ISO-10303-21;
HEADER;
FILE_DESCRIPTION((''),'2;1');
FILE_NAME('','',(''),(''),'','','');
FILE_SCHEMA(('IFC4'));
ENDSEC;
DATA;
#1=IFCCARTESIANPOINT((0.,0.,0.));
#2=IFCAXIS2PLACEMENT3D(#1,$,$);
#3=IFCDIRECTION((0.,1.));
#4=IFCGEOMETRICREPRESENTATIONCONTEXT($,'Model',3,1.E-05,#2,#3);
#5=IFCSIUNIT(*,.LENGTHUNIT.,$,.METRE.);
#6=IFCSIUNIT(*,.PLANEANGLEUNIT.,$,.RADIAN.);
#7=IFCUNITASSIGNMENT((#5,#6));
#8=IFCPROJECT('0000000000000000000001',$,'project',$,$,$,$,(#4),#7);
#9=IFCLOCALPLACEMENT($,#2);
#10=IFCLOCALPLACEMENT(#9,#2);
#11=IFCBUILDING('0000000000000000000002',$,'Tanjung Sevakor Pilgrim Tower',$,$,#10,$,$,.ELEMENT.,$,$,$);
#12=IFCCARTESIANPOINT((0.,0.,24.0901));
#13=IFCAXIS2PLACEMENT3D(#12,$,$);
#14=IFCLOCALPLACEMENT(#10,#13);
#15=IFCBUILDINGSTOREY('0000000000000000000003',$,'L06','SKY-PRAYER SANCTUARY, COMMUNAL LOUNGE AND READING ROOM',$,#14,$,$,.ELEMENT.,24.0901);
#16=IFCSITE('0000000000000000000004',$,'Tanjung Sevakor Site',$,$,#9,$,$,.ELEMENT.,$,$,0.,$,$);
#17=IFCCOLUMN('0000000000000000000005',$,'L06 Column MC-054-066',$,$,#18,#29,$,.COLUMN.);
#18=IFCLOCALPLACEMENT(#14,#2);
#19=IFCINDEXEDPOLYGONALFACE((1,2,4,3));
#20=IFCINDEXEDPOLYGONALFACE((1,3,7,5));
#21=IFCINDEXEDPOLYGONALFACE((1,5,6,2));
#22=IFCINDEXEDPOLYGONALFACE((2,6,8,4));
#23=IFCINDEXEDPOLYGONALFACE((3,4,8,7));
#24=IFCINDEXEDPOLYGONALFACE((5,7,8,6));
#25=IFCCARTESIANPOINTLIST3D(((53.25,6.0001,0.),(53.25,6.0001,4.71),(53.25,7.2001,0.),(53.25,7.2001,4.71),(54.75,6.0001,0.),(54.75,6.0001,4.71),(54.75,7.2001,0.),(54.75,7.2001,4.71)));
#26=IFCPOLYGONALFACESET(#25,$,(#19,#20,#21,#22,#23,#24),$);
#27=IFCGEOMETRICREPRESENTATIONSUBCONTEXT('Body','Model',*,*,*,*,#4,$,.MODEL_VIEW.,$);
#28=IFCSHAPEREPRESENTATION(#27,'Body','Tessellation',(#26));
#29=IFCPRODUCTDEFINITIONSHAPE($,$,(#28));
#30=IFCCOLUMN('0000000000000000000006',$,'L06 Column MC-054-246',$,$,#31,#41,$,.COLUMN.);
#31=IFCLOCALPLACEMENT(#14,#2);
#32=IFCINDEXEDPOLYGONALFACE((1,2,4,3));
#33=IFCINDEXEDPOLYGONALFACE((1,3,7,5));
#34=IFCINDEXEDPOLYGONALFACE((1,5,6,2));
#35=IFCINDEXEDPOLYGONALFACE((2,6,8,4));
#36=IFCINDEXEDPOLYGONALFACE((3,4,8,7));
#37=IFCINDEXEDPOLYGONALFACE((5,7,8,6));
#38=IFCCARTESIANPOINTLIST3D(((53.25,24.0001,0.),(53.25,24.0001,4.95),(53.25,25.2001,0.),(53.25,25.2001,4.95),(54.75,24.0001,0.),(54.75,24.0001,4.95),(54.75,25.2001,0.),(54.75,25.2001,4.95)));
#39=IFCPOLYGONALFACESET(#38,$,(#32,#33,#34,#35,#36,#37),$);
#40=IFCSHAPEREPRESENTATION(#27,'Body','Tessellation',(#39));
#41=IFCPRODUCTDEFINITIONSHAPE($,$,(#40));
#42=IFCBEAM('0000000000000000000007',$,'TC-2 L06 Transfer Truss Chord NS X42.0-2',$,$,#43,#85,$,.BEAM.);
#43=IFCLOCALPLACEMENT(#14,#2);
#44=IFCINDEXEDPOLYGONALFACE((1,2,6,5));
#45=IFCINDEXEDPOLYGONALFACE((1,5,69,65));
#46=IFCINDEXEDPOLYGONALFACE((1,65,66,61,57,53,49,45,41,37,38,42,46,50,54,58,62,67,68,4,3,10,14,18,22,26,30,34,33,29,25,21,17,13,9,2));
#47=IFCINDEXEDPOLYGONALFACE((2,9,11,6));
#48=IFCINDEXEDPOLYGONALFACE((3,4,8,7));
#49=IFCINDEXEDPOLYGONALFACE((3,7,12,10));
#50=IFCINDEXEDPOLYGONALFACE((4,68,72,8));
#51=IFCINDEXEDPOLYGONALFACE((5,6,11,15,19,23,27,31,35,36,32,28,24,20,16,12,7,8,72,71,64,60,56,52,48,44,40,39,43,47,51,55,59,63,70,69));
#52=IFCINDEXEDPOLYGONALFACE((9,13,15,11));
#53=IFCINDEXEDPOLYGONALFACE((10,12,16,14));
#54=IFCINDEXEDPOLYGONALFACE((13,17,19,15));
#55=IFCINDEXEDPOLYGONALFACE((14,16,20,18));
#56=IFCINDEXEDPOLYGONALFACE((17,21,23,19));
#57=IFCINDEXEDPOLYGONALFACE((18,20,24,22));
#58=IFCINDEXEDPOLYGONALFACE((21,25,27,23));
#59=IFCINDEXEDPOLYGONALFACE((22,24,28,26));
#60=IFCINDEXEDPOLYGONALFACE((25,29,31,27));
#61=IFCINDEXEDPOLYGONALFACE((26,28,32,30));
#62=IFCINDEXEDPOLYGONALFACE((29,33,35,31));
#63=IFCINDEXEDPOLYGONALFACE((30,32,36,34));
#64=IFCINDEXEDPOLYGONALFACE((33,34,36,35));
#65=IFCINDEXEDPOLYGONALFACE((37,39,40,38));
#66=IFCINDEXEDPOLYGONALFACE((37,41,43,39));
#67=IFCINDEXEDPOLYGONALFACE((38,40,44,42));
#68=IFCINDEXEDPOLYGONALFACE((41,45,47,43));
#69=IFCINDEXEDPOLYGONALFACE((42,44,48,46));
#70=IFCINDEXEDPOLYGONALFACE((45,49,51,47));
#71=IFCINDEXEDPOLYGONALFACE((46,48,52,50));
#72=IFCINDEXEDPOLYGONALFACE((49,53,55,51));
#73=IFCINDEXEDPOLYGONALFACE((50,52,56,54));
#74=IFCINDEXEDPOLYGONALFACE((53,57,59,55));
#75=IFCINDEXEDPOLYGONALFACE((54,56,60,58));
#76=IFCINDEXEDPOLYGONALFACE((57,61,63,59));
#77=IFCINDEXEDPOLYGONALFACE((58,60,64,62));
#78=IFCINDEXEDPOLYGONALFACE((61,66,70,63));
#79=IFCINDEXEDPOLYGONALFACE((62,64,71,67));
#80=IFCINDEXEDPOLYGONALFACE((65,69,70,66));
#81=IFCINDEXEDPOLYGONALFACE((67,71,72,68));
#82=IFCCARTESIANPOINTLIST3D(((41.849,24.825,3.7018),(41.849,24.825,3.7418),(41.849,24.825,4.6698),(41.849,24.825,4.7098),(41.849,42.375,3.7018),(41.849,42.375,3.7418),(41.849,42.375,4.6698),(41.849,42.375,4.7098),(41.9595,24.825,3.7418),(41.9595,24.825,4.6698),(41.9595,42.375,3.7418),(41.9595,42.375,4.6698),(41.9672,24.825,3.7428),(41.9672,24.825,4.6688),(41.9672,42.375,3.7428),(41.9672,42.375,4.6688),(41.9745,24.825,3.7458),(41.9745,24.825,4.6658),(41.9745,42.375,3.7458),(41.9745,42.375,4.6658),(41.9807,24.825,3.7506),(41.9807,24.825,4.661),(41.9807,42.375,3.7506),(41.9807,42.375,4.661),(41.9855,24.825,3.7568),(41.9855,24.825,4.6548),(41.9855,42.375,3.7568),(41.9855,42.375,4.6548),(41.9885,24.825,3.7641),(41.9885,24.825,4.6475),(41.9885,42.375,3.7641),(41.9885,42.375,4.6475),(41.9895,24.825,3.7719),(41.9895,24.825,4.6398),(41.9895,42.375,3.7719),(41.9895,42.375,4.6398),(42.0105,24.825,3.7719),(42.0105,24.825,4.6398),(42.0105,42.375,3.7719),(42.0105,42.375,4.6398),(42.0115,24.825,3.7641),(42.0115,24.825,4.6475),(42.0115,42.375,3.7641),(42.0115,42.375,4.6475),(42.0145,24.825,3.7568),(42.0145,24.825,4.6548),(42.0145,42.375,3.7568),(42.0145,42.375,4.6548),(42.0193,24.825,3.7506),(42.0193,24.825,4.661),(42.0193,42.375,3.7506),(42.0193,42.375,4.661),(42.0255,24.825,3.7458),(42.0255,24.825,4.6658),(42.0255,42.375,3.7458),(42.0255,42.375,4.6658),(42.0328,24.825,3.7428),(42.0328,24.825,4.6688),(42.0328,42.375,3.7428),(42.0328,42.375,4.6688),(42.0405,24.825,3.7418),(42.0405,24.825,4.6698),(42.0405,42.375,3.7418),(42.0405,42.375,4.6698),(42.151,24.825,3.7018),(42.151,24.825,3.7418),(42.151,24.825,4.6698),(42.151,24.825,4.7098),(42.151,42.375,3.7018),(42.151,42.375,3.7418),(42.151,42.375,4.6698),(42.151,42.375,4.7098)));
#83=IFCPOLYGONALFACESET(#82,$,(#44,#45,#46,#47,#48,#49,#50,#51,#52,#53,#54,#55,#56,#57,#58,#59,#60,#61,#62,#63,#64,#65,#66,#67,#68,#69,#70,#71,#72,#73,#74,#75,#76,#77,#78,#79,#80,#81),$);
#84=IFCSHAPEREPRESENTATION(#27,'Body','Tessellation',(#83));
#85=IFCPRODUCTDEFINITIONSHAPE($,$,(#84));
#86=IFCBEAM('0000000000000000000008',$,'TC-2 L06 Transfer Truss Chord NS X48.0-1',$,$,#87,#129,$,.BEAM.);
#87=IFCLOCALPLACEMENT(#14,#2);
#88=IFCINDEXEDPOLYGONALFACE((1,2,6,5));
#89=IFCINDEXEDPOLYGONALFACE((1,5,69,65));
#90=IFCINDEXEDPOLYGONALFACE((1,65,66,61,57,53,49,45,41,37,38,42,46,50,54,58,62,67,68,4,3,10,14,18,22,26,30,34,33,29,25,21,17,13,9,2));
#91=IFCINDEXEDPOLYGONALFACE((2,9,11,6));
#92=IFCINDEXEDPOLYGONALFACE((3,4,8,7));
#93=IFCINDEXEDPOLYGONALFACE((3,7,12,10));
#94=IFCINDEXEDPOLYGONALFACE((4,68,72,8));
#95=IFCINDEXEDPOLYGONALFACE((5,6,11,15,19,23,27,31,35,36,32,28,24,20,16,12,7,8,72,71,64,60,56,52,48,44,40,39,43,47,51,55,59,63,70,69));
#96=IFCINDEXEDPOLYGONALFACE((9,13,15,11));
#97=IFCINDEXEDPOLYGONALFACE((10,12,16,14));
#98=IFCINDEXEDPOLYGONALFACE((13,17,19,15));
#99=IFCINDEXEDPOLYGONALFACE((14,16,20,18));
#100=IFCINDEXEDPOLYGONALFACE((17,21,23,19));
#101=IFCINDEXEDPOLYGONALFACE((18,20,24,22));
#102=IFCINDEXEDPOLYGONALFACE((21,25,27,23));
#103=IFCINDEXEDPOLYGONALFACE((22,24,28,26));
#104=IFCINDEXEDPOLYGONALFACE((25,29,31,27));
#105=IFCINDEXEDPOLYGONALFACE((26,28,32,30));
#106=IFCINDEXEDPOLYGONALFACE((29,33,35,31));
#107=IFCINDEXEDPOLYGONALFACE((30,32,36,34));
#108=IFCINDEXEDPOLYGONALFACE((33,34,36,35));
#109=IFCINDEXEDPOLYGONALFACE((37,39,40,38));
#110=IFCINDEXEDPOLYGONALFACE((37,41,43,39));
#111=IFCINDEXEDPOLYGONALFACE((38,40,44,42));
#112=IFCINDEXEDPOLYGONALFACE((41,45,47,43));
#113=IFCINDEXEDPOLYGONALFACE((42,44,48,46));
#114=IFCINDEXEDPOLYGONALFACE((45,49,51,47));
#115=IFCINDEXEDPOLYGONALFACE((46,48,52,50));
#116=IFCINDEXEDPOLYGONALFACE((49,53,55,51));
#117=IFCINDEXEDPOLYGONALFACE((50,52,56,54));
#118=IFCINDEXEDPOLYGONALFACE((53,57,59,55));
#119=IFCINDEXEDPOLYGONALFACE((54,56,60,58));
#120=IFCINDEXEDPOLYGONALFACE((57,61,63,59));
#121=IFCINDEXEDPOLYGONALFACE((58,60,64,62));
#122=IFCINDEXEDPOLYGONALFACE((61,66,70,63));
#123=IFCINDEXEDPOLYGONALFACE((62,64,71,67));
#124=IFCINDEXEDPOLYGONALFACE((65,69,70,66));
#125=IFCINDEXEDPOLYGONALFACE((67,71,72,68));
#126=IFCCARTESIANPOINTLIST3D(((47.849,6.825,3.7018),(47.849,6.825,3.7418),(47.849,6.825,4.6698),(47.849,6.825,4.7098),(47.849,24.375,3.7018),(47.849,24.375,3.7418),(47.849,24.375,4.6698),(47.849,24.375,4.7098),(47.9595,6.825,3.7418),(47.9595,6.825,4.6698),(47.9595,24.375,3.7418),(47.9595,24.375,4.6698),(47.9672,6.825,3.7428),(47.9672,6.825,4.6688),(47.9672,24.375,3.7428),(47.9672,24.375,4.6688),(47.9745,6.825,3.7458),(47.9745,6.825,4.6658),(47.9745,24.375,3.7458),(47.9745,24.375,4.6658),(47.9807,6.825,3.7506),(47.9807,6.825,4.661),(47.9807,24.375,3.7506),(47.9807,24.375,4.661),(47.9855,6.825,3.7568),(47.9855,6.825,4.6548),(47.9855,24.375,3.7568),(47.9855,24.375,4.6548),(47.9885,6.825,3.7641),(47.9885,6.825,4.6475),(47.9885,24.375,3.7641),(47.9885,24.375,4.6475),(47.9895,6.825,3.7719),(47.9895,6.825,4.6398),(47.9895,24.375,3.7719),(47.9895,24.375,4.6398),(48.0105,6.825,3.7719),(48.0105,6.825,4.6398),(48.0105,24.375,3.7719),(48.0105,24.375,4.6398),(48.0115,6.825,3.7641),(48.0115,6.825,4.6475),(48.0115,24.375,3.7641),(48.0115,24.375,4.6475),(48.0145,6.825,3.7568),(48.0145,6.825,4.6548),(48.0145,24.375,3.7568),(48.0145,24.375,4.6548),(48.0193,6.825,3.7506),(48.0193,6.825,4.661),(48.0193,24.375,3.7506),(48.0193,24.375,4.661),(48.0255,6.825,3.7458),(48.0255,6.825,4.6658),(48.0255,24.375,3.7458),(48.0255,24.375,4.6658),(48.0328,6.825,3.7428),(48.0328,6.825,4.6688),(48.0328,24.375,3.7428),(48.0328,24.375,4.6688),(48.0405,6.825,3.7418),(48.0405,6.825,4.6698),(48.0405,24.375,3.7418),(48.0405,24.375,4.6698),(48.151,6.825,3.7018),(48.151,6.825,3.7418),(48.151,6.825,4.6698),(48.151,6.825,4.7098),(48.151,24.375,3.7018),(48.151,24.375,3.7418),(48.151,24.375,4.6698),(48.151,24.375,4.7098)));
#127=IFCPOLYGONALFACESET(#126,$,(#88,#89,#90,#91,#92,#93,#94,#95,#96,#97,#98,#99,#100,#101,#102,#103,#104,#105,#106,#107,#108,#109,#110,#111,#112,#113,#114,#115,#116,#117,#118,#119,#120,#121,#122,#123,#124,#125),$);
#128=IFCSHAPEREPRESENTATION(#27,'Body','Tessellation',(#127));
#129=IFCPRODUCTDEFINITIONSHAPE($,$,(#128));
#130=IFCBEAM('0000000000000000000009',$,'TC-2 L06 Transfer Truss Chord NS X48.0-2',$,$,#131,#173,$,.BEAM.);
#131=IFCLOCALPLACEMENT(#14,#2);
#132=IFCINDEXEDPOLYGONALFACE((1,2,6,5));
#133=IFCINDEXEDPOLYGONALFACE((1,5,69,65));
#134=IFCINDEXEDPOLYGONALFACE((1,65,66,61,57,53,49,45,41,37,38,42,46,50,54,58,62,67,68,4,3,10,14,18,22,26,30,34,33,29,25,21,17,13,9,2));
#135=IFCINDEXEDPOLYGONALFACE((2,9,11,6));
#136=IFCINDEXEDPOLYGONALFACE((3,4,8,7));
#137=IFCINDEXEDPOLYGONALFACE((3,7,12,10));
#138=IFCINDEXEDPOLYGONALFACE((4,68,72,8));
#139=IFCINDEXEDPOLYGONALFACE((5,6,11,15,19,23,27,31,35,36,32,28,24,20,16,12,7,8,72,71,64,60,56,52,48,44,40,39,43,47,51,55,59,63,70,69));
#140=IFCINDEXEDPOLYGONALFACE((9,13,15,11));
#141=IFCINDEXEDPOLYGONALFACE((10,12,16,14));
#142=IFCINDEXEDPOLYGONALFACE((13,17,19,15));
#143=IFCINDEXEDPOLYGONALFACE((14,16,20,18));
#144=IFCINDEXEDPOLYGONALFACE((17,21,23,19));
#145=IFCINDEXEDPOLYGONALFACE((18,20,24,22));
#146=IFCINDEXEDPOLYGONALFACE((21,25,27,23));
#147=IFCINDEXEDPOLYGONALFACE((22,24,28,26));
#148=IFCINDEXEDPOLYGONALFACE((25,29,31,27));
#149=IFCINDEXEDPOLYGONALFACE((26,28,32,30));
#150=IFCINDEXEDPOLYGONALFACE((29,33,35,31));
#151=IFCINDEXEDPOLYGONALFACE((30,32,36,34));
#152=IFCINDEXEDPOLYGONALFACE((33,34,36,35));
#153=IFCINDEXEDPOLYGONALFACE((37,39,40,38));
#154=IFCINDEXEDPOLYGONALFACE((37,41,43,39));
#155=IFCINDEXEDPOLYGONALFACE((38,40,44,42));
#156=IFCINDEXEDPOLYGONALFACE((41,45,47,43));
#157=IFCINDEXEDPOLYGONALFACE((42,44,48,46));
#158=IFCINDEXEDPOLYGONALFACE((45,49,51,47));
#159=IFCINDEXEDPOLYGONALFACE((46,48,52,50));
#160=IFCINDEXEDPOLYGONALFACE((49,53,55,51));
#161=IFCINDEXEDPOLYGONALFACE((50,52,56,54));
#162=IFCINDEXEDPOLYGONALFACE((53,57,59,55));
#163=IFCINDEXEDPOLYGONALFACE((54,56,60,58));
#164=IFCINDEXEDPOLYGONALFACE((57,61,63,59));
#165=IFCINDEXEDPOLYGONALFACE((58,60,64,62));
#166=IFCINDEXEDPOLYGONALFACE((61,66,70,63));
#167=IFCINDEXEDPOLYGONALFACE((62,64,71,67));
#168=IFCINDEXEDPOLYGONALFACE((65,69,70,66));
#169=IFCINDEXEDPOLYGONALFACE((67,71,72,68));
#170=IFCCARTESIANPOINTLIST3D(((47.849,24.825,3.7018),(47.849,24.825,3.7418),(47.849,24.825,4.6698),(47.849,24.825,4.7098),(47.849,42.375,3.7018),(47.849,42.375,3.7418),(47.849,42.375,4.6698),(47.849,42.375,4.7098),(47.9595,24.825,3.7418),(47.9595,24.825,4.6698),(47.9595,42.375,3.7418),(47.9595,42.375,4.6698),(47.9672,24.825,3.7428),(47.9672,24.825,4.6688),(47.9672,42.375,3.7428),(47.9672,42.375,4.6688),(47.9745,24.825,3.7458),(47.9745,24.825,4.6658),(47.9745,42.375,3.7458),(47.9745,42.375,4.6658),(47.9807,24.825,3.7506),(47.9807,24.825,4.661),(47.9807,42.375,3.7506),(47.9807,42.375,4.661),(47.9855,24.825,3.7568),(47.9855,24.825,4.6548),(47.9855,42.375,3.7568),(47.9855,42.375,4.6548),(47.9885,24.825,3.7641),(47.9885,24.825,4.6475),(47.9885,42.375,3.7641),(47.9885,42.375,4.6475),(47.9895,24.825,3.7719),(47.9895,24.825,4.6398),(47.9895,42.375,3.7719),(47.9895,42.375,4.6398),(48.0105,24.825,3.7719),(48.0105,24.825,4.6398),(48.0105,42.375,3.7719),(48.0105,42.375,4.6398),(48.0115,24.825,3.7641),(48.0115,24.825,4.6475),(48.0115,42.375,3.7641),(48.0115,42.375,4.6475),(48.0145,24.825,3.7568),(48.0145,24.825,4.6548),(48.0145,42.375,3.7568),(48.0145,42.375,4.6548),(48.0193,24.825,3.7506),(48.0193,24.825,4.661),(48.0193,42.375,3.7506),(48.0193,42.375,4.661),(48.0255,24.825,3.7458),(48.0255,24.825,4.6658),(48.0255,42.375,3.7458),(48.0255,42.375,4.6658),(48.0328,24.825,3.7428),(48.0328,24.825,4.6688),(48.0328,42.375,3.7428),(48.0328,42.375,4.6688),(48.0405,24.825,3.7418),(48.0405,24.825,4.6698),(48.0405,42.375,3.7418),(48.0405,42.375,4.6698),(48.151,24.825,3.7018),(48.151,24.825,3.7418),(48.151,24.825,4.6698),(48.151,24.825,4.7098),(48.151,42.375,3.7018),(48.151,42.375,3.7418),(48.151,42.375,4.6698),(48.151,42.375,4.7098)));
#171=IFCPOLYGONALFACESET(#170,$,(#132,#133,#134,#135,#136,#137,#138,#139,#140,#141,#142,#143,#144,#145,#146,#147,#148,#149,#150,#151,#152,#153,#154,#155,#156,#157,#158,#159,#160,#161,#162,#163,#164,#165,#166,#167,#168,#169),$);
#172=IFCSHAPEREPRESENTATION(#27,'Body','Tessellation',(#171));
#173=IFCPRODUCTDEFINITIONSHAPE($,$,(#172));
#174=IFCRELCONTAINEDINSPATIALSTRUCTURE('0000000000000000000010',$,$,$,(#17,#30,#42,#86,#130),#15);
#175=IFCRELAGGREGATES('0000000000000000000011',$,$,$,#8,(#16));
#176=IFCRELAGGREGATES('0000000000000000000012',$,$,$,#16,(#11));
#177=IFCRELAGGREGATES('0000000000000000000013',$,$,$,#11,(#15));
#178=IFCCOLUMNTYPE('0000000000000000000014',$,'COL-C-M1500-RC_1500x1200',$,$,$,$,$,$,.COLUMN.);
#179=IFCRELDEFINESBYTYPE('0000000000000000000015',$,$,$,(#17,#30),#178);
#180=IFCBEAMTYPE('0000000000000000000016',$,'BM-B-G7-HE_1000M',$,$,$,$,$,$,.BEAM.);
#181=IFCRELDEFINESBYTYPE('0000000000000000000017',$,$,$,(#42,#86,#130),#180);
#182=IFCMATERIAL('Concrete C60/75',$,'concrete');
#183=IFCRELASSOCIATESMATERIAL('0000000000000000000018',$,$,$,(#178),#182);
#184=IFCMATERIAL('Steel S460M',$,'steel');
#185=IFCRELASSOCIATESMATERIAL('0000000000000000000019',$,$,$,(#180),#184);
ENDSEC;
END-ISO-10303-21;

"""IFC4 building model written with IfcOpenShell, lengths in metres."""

from ifc_helpers import new_model, si_unit, direction, frame, origin, origin_2d, place, context, subcontext, project, spatial, rectangle, i_section, extrude, material, material_profile, profile_set, type_object, element, save


model = new_model("IFC4")

# Units and contexts
model_context = context("Model", 3, precision=1e-05, world=origin(), true_north=direction((0.0, 1.0)))
body_context = subcontext(model_context, "Body", "Model", "MODEL_VIEW")
ifc_project = project(units=[si_unit("LENGTHUNIT", "METRE"), si_unit("PLANEANGLEUNIT", "RADIAN")], contexts=[model_context])

# Site, building, storey
site_placement = place(None, origin())
site = spatial("IfcSite", under=ifc_project, at=site_placement, Name="Tanjung Sevakor Site", CompositionType="ELEMENT", RefElevation=0.0)
building_placement = place(site_placement, origin())
building = spatial("IfcBuilding", under=site, at=building_placement, Name="Tanjung Sevakor Pilgrim Tower", CompositionType="ELEMENT")
storey_placement = place(building_placement, frame((0.0, 0.0, 24.0901)))
storey = spatial("IfcBuildingStorey", under=building, at=storey_placement, Name="L06", Description="SKY-PRAYER SANCTUARY, COMMUNAL LOUNGE AND READING ROOM", CompositionType="ELEMENT", Elevation=24.0901)

# Columns
ifc_material_1 = material(Name="Concrete C60/75", Category="concrete")
ifc_material_profile_1 = material_profile(ifc_material_1, rectangle(XDim=1.5, YDim=1.2, at=origin_2d()))
ifc_profile_set_1 = profile_set([ifc_material_profile_1], Name="Concrete C60/75")
column_type = type_object("IfcColumnType", Name="COL-C-M1500-RC_1500x1200", PredefinedType="COLUMN", material=ifc_profile_set_1)
column_1_placement = place(storey_placement, frame((54.0, 6.6001, 0.0), z_axis=(0.0, 0.0, 1.0), x_axis=(1.0, 0.0, 0.0)))
element("IfcColumn", 1, at=column_1_placement, inside=storey, type_object=column_type, Name="L06 Column MC-054-066", PredefinedType="COLUMN", context=body_context, shape_type="SweptSolid", body=[
    extrude(rectangle(XDim=1.5, YDim=1.2, at=origin_2d()), origin(), (0.0, 0.0, 1.0), 4.71),
])
column_2_placement = place(storey_placement, frame((54.0, 24.6001, 0.0), z_axis=(0.0, 0.0, 1.0), x_axis=(1.0, 0.0, 0.0)))
element("IfcColumn", 2, at=column_2_placement, inside=storey, type_object=column_type, Name="L06 Column MC-054-246", PredefinedType="COLUMN", context=body_context, shape_type="SweptSolid", body=[
    extrude(rectangle(XDim=1.5, YDim=1.2, at=origin_2d()), origin(), (0.0, 0.0, 1.0), 4.95),
])

# Beams
ifc_material_2 = material(Name="Steel S460M", Category="steel")
ifc_material_profile_2 = material_profile(ifc_material_2, i_section(OverallWidth=0.302, OverallDepth=1.0081, WebThickness=0.021, FlangeThickness=0.04, FilletRadius=0.03, at=origin_2d()))
ifc_profile_set_2 = profile_set([ifc_material_profile_2], Name="Steel S460M")
beam_type_1 = type_object("IfcBeamType", Name="BM-B-G7-HE_1000M", PredefinedType="BEAM", material=ifc_profile_set_2)
for number, where, z_axis, x_axis, name in (
    (3, (42.0, 24.825, 4.2058), (0.0, 1.0, 0.0), (-1.0, 0.0, 0.0), "TC-2 L06 Transfer Truss Chord NS X42.0-2"),
    (4, (48.0, 6.825, 4.2058), (0.0, 1.0, 0.0), (-1.0, 0.0, 0.0), "TC-2 L06 Transfer Truss Chord NS X48.0-1"),
    (5, (48.0, 24.825, 4.2058), (0.0, 1.0, 0.0), (-1.0, 0.0, 0.0), "TC-2 L06 Transfer Truss Chord NS X48.0-2"),
):
    element("IfcBeam", number, at=place(storey_placement, frame(where, z_axis=z_axis, x_axis=x_axis)), inside=storey, type_object=beam_type_1, Name=name, PredefinedType="BEAM", context=body_context, shape_type="SweptSolid", body=[
        extrude(i_section(OverallWidth=0.302, OverallDepth=1.0081, WebThickness=0.021, FlangeThickness=0.04, FilletRadius=0.03, at=origin_2d()), origin(), (0.0, 0.0, 1.0), 17.55),
    ])

save(model, "model.ifc")
